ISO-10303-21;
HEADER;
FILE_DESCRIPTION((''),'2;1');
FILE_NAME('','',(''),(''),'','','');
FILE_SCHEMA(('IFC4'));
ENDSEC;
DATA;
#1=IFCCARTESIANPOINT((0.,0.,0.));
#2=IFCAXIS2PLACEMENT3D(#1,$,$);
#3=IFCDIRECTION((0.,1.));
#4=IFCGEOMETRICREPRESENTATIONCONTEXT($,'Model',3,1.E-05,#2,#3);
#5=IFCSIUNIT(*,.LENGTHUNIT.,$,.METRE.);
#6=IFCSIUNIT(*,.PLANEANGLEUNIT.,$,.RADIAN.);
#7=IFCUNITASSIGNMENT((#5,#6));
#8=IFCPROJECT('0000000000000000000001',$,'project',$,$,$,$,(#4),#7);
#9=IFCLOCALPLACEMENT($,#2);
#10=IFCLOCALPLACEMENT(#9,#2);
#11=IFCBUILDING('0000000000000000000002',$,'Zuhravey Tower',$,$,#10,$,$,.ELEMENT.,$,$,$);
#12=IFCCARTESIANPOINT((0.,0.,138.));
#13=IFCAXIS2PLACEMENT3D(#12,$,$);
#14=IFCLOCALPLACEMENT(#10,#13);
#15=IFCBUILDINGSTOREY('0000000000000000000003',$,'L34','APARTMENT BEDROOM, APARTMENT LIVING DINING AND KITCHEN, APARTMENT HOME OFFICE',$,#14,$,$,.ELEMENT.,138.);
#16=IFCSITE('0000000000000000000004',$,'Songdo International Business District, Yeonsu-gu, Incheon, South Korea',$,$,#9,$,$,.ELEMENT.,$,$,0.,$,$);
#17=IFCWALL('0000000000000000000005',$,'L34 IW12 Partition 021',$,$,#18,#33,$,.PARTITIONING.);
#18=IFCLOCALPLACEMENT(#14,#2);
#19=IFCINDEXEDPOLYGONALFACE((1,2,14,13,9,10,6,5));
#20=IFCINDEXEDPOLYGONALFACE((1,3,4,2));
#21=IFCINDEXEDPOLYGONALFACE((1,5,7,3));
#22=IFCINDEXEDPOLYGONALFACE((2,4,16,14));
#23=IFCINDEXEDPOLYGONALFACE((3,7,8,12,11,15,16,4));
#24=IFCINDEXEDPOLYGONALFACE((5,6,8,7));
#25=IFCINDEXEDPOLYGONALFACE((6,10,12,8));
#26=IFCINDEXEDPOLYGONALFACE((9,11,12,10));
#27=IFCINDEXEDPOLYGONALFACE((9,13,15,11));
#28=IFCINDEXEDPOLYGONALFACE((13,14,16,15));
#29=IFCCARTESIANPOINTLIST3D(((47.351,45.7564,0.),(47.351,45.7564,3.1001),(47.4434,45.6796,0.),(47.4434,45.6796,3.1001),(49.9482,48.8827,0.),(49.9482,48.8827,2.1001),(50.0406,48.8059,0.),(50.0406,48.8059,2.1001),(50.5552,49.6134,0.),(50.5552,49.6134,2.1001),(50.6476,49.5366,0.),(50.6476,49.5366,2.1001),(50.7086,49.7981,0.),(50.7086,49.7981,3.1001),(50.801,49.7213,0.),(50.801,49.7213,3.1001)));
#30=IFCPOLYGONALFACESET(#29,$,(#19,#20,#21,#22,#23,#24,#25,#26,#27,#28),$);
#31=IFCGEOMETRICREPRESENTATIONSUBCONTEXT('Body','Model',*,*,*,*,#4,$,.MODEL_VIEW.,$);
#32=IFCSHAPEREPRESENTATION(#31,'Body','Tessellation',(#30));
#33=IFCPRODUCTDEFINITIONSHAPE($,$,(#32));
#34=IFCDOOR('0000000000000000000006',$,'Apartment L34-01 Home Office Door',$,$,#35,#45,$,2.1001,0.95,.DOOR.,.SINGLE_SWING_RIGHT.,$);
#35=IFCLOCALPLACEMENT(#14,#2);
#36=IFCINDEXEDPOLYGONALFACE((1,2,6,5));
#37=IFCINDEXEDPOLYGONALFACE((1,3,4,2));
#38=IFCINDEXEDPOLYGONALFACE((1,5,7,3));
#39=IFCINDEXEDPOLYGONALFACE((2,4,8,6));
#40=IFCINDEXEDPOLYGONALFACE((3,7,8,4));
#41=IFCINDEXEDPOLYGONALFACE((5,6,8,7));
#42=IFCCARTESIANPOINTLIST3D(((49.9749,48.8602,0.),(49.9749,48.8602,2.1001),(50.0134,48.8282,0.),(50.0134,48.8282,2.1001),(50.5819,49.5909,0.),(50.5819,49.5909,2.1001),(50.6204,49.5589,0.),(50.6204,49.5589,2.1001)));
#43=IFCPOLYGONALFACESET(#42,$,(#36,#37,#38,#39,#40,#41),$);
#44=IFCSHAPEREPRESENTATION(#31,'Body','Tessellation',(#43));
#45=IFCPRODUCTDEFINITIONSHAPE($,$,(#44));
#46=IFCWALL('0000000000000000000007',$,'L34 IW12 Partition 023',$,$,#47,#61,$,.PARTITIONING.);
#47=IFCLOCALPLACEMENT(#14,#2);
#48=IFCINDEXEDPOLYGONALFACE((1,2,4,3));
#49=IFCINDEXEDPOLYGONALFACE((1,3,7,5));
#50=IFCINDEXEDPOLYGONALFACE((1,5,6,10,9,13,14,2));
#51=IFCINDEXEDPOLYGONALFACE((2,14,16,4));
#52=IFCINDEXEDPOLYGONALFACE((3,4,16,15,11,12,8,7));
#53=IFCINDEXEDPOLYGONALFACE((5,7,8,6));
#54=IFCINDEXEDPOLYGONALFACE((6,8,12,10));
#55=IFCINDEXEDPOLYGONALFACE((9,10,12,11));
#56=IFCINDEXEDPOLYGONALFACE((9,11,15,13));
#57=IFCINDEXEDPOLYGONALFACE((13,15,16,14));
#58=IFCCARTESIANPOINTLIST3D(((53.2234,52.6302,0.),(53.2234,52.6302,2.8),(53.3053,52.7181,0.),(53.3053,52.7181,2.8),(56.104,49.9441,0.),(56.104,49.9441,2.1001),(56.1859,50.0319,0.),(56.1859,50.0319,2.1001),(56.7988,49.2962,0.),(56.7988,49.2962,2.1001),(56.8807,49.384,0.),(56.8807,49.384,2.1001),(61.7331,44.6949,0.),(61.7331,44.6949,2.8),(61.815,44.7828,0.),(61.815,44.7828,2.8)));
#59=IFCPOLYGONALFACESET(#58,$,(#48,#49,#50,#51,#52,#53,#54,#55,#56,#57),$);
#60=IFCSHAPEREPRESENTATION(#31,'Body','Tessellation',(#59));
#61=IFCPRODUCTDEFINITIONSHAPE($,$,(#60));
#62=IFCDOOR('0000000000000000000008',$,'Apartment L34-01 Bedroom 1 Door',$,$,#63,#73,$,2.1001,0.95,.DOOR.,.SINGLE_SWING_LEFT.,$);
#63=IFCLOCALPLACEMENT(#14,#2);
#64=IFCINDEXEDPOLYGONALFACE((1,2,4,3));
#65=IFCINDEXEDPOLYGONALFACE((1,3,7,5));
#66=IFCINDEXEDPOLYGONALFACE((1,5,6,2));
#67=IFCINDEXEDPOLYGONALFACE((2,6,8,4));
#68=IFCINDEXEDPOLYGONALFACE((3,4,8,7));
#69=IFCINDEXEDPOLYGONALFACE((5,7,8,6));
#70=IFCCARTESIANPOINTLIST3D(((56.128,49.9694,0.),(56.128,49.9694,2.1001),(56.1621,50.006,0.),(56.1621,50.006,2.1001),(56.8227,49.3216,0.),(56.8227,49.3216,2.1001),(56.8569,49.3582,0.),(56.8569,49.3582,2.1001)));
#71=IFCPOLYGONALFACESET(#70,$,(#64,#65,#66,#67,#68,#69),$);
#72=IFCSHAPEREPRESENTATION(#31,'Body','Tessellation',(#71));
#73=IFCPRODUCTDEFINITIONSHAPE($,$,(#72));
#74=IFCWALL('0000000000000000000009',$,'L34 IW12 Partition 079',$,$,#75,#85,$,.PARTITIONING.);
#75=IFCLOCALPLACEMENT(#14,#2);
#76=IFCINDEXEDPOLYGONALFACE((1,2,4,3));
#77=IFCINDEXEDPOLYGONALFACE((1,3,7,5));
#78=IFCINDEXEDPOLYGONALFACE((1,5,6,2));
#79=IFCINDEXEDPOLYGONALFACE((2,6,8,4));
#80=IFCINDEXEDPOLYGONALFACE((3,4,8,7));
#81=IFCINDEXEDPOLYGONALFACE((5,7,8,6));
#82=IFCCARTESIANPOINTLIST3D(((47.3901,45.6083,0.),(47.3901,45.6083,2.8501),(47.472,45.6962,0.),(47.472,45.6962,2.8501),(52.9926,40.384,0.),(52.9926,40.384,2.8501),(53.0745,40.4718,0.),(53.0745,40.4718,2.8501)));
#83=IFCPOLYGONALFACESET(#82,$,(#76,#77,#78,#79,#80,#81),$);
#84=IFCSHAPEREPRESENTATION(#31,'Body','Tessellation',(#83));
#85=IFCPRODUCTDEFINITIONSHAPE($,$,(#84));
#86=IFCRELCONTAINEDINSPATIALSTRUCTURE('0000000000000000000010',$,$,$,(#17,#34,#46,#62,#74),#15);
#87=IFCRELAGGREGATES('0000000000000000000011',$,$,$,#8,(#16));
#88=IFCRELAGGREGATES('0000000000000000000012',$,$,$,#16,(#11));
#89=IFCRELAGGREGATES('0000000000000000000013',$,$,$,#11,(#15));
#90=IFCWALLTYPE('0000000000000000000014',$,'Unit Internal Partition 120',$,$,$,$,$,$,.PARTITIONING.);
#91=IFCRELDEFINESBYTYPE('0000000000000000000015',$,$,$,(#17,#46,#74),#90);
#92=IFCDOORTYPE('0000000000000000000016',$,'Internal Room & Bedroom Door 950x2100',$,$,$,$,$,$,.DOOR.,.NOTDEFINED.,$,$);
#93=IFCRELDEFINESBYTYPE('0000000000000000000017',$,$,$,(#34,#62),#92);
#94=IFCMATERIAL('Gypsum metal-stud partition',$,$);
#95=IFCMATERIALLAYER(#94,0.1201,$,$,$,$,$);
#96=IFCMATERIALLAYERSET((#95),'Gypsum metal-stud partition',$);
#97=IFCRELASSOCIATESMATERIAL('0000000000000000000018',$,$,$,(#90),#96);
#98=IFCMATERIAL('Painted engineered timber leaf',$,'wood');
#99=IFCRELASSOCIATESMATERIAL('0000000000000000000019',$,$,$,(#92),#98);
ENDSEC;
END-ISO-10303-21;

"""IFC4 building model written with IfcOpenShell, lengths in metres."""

from ifc_helpers import new_model, si_unit, direction, frame, frame_2d, origin, place, context, subcontext, project, spatial, rectangle, extrude, material, layer, layer_set, type_object, element, fill, save


model = new_model("IFC4")

# Units and contexts
model_context = context("Model", 3, precision=1e-05, world=origin(), true_north=direction((0.0, 1.0)))
body_context = subcontext(model_context, "Body", "Model", "MODEL_VIEW")
ifc_project = project(units=[si_unit("LENGTHUNIT", "METRE"), si_unit("PLANEANGLEUNIT", "RADIAN")], contexts=[model_context])

# Site, building, storey
site_placement = place(None, origin())
site = spatial("IfcSite", under=ifc_project, at=site_placement, Name="Songdo International Business District, Yeonsu-gu, Incheon, South Korea", CompositionType="ELEMENT", RefElevation=0.0)
building_placement = place(site_placement, origin())
building = spatial("IfcBuilding", under=site, at=building_placement, Name="Zuhravey Tower", CompositionType="ELEMENT")
storey_placement = place(building_placement, frame((0.0, 0.0, 138.0)))
storey = spatial("IfcBuildingStorey", under=building, at=storey_placement, Name="L34", Description="APARTMENT BEDROOM, APARTMENT LIVING DINING AND KITCHEN, APARTMENT HOME OFFICE", CompositionType="ELEMENT", Elevation=138.0)

# Walls, openings, doors
ifc_material_1 = material(Name="Gypsum metal-stud partition")
ifc_layer_1 = layer(ifc_material_1, 0.1201)
ifc_layer_set_1 = layer_set([ifc_layer_1], Name="Gypsum metal-stud partition")
wall_type_1 = type_object("IfcWallType", Name="Unit Internal Partition 120", PredefinedType="PARTITIONING", material=ifc_layer_set_1)
wall_1_placement = place(storey_placement, frame((47.3972, 45.718, 0.0), z_axis=(0.0, 0.0, 1.0), x_axis=(0.639009, 0.769199, 0.0)))
wall_1 = element("IfcWall", 1, at=wall_1_placement, inside=storey, type_object=wall_type_1, Name="L34 IW12 Partition 021", PredefinedType="PARTITIONING", context=body_context, shape_type="SweptSolid", body=[
    extrude(rectangle(XDim=5.2544, YDim=0.1201, at=frame_2d((2.6272, 0.0))), origin(), (0.0, 0.0, 1.0), 3.1001),
])
opening_1_placement = place(wall_1_placement, frame((4.0642, 0.0, 0.0)))
opening_1 = element("IfcOpeningElement", 2, at=opening_1_placement, cuts=wall_1, PredefinedType="OPENING", context=body_context, shape_type="SweptSolid", body=[
    extrude(rectangle(XDim=0.95, YDim=2.1001, at=frame_2d((0.4751, 1.05))), frame((0.0, 0.072, 0.0), z_axis=(0.0, -1.0, 0.0), x_axis=(1.0, 0.0, 0.0)), (0.0, 0.0, 1.0), 0.144),
])
ifc_material_2 = material(Name="Painted engineered timber leaf", Category="wood")
door_type = type_object("IfcDoorType", Name="Internal Room & Bedroom Door 950x2100", OperationType="NOTDEFINED", PredefinedType="DOOR", material=ifc_material_2)
door_1_placement = place(opening_1_placement, frame((0.95, 0.0, 0.0), z_axis=(0.0, 0.0, 1.0), x_axis=(-1.0, 0.0, 0.0)))
door_1 = element("IfcDoor", 3, at=door_1_placement, inside=storey, type_object=door_type, Name="Apartment L34-01 Home Office Door", OperationType="SINGLE_SWING_RIGHT", OverallHeight=2.1001, OverallWidth=0.95, PredefinedType="DOOR", context=body_context, shape_type="SweptSolid", body=[
    extrude(rectangle(XDim=0.95, YDim=2.1001, at=frame_2d((0.4751, 1.05))), frame((0.0, 0.0249, 0.0), z_axis=(0.0, -1.0, 0.0), x_axis=(1.0, 0.0, 0.0)), (0.0, 0.0, 1.0), 0.05),
])
fill(opening_1, door_1)
wall_2_placement = place(storey_placement, frame((61.7742, 44.7388, 0.0), z_axis=(0.0, 0.0, 1.0), x_axis=(-0.731362, 0.68199, 0.0)))
wall_2 = element("IfcWall", 4, at=wall_2_placement, inside=storey, type_object=wall_type_1, Name="L34 IW12 Partition 023", PredefinedType="PARTITIONING", context=body_context, shape_type="SweptSolid", body=[
    extrude(rectangle(XDim=11.6355, YDim=0.1201, at=frame_2d((5.8179, 0.0))), origin(), (0.0, 0.0, 1.0), 2.8),
])
opening_2_placement = place(wall_2_placement, frame((6.7468, 0.0, 0.0)))
opening_2 = element("IfcOpeningElement", 5, at=opening_2_placement, cuts=wall_2, PredefinedType="OPENING", context=body_context, shape_type="SweptSolid", body=[
    extrude(rectangle(XDim=0.95, YDim=2.1001, at=frame_2d((0.4751, 1.05))), frame((0.0, 0.072, 0.0), z_axis=(0.0, -1.0, 0.0), x_axis=(1.0, 0.0, 0.0)), (0.0, 0.0, 1.0), 0.144),
])
door_2_placement = place(opening_2_placement, frame((0.95, 0.0, 0.0), z_axis=(0.0, 0.0, 1.0), x_axis=(-1.0, 0.0, 0.0)))
door_2 = element("IfcDoor", 6, at=door_2_placement, inside=storey, type_object=door_type, Name="Apartment L34-01 Bedroom 1 Door", OperationType="SINGLE_SWING_LEFT", OverallHeight=2.1001, OverallWidth=0.95, PredefinedType="DOOR", context=body_context, shape_type="SweptSolid", body=[
    extrude(rectangle(XDim=0.95, YDim=2.1001, at=frame_2d((0.4751, 1.05))), frame((0.0, 0.0249, 0.0), z_axis=(0.0, -1.0, 0.0), x_axis=(1.0, 0.0, 0.0)), (0.0, 0.0, 1.0), 0.05),
])
fill(opening_2, door_2)

# Wall
wall_3_placement = place(storey_placement, frame((53.0334, 40.428, 0.0), z_axis=(0.0, 0.0, 1.0), x_axis=(-0.731359, 0.681992, 0.0)))
element("IfcWall", 7, at=wall_3_placement, inside=storey, type_object=wall_type_1, Name="L34 IW12 Partition 079", PredefinedType="PARTITIONING", context=body_context, shape_type="SweptSolid", body=[
    extrude(rectangle(XDim=7.6604, YDim=0.1201, at=frame_2d((3.8301, 0.0))), origin(), (0.0, 0.0, 1.0), 2.8501),
])

save(model, "model.ifc")
